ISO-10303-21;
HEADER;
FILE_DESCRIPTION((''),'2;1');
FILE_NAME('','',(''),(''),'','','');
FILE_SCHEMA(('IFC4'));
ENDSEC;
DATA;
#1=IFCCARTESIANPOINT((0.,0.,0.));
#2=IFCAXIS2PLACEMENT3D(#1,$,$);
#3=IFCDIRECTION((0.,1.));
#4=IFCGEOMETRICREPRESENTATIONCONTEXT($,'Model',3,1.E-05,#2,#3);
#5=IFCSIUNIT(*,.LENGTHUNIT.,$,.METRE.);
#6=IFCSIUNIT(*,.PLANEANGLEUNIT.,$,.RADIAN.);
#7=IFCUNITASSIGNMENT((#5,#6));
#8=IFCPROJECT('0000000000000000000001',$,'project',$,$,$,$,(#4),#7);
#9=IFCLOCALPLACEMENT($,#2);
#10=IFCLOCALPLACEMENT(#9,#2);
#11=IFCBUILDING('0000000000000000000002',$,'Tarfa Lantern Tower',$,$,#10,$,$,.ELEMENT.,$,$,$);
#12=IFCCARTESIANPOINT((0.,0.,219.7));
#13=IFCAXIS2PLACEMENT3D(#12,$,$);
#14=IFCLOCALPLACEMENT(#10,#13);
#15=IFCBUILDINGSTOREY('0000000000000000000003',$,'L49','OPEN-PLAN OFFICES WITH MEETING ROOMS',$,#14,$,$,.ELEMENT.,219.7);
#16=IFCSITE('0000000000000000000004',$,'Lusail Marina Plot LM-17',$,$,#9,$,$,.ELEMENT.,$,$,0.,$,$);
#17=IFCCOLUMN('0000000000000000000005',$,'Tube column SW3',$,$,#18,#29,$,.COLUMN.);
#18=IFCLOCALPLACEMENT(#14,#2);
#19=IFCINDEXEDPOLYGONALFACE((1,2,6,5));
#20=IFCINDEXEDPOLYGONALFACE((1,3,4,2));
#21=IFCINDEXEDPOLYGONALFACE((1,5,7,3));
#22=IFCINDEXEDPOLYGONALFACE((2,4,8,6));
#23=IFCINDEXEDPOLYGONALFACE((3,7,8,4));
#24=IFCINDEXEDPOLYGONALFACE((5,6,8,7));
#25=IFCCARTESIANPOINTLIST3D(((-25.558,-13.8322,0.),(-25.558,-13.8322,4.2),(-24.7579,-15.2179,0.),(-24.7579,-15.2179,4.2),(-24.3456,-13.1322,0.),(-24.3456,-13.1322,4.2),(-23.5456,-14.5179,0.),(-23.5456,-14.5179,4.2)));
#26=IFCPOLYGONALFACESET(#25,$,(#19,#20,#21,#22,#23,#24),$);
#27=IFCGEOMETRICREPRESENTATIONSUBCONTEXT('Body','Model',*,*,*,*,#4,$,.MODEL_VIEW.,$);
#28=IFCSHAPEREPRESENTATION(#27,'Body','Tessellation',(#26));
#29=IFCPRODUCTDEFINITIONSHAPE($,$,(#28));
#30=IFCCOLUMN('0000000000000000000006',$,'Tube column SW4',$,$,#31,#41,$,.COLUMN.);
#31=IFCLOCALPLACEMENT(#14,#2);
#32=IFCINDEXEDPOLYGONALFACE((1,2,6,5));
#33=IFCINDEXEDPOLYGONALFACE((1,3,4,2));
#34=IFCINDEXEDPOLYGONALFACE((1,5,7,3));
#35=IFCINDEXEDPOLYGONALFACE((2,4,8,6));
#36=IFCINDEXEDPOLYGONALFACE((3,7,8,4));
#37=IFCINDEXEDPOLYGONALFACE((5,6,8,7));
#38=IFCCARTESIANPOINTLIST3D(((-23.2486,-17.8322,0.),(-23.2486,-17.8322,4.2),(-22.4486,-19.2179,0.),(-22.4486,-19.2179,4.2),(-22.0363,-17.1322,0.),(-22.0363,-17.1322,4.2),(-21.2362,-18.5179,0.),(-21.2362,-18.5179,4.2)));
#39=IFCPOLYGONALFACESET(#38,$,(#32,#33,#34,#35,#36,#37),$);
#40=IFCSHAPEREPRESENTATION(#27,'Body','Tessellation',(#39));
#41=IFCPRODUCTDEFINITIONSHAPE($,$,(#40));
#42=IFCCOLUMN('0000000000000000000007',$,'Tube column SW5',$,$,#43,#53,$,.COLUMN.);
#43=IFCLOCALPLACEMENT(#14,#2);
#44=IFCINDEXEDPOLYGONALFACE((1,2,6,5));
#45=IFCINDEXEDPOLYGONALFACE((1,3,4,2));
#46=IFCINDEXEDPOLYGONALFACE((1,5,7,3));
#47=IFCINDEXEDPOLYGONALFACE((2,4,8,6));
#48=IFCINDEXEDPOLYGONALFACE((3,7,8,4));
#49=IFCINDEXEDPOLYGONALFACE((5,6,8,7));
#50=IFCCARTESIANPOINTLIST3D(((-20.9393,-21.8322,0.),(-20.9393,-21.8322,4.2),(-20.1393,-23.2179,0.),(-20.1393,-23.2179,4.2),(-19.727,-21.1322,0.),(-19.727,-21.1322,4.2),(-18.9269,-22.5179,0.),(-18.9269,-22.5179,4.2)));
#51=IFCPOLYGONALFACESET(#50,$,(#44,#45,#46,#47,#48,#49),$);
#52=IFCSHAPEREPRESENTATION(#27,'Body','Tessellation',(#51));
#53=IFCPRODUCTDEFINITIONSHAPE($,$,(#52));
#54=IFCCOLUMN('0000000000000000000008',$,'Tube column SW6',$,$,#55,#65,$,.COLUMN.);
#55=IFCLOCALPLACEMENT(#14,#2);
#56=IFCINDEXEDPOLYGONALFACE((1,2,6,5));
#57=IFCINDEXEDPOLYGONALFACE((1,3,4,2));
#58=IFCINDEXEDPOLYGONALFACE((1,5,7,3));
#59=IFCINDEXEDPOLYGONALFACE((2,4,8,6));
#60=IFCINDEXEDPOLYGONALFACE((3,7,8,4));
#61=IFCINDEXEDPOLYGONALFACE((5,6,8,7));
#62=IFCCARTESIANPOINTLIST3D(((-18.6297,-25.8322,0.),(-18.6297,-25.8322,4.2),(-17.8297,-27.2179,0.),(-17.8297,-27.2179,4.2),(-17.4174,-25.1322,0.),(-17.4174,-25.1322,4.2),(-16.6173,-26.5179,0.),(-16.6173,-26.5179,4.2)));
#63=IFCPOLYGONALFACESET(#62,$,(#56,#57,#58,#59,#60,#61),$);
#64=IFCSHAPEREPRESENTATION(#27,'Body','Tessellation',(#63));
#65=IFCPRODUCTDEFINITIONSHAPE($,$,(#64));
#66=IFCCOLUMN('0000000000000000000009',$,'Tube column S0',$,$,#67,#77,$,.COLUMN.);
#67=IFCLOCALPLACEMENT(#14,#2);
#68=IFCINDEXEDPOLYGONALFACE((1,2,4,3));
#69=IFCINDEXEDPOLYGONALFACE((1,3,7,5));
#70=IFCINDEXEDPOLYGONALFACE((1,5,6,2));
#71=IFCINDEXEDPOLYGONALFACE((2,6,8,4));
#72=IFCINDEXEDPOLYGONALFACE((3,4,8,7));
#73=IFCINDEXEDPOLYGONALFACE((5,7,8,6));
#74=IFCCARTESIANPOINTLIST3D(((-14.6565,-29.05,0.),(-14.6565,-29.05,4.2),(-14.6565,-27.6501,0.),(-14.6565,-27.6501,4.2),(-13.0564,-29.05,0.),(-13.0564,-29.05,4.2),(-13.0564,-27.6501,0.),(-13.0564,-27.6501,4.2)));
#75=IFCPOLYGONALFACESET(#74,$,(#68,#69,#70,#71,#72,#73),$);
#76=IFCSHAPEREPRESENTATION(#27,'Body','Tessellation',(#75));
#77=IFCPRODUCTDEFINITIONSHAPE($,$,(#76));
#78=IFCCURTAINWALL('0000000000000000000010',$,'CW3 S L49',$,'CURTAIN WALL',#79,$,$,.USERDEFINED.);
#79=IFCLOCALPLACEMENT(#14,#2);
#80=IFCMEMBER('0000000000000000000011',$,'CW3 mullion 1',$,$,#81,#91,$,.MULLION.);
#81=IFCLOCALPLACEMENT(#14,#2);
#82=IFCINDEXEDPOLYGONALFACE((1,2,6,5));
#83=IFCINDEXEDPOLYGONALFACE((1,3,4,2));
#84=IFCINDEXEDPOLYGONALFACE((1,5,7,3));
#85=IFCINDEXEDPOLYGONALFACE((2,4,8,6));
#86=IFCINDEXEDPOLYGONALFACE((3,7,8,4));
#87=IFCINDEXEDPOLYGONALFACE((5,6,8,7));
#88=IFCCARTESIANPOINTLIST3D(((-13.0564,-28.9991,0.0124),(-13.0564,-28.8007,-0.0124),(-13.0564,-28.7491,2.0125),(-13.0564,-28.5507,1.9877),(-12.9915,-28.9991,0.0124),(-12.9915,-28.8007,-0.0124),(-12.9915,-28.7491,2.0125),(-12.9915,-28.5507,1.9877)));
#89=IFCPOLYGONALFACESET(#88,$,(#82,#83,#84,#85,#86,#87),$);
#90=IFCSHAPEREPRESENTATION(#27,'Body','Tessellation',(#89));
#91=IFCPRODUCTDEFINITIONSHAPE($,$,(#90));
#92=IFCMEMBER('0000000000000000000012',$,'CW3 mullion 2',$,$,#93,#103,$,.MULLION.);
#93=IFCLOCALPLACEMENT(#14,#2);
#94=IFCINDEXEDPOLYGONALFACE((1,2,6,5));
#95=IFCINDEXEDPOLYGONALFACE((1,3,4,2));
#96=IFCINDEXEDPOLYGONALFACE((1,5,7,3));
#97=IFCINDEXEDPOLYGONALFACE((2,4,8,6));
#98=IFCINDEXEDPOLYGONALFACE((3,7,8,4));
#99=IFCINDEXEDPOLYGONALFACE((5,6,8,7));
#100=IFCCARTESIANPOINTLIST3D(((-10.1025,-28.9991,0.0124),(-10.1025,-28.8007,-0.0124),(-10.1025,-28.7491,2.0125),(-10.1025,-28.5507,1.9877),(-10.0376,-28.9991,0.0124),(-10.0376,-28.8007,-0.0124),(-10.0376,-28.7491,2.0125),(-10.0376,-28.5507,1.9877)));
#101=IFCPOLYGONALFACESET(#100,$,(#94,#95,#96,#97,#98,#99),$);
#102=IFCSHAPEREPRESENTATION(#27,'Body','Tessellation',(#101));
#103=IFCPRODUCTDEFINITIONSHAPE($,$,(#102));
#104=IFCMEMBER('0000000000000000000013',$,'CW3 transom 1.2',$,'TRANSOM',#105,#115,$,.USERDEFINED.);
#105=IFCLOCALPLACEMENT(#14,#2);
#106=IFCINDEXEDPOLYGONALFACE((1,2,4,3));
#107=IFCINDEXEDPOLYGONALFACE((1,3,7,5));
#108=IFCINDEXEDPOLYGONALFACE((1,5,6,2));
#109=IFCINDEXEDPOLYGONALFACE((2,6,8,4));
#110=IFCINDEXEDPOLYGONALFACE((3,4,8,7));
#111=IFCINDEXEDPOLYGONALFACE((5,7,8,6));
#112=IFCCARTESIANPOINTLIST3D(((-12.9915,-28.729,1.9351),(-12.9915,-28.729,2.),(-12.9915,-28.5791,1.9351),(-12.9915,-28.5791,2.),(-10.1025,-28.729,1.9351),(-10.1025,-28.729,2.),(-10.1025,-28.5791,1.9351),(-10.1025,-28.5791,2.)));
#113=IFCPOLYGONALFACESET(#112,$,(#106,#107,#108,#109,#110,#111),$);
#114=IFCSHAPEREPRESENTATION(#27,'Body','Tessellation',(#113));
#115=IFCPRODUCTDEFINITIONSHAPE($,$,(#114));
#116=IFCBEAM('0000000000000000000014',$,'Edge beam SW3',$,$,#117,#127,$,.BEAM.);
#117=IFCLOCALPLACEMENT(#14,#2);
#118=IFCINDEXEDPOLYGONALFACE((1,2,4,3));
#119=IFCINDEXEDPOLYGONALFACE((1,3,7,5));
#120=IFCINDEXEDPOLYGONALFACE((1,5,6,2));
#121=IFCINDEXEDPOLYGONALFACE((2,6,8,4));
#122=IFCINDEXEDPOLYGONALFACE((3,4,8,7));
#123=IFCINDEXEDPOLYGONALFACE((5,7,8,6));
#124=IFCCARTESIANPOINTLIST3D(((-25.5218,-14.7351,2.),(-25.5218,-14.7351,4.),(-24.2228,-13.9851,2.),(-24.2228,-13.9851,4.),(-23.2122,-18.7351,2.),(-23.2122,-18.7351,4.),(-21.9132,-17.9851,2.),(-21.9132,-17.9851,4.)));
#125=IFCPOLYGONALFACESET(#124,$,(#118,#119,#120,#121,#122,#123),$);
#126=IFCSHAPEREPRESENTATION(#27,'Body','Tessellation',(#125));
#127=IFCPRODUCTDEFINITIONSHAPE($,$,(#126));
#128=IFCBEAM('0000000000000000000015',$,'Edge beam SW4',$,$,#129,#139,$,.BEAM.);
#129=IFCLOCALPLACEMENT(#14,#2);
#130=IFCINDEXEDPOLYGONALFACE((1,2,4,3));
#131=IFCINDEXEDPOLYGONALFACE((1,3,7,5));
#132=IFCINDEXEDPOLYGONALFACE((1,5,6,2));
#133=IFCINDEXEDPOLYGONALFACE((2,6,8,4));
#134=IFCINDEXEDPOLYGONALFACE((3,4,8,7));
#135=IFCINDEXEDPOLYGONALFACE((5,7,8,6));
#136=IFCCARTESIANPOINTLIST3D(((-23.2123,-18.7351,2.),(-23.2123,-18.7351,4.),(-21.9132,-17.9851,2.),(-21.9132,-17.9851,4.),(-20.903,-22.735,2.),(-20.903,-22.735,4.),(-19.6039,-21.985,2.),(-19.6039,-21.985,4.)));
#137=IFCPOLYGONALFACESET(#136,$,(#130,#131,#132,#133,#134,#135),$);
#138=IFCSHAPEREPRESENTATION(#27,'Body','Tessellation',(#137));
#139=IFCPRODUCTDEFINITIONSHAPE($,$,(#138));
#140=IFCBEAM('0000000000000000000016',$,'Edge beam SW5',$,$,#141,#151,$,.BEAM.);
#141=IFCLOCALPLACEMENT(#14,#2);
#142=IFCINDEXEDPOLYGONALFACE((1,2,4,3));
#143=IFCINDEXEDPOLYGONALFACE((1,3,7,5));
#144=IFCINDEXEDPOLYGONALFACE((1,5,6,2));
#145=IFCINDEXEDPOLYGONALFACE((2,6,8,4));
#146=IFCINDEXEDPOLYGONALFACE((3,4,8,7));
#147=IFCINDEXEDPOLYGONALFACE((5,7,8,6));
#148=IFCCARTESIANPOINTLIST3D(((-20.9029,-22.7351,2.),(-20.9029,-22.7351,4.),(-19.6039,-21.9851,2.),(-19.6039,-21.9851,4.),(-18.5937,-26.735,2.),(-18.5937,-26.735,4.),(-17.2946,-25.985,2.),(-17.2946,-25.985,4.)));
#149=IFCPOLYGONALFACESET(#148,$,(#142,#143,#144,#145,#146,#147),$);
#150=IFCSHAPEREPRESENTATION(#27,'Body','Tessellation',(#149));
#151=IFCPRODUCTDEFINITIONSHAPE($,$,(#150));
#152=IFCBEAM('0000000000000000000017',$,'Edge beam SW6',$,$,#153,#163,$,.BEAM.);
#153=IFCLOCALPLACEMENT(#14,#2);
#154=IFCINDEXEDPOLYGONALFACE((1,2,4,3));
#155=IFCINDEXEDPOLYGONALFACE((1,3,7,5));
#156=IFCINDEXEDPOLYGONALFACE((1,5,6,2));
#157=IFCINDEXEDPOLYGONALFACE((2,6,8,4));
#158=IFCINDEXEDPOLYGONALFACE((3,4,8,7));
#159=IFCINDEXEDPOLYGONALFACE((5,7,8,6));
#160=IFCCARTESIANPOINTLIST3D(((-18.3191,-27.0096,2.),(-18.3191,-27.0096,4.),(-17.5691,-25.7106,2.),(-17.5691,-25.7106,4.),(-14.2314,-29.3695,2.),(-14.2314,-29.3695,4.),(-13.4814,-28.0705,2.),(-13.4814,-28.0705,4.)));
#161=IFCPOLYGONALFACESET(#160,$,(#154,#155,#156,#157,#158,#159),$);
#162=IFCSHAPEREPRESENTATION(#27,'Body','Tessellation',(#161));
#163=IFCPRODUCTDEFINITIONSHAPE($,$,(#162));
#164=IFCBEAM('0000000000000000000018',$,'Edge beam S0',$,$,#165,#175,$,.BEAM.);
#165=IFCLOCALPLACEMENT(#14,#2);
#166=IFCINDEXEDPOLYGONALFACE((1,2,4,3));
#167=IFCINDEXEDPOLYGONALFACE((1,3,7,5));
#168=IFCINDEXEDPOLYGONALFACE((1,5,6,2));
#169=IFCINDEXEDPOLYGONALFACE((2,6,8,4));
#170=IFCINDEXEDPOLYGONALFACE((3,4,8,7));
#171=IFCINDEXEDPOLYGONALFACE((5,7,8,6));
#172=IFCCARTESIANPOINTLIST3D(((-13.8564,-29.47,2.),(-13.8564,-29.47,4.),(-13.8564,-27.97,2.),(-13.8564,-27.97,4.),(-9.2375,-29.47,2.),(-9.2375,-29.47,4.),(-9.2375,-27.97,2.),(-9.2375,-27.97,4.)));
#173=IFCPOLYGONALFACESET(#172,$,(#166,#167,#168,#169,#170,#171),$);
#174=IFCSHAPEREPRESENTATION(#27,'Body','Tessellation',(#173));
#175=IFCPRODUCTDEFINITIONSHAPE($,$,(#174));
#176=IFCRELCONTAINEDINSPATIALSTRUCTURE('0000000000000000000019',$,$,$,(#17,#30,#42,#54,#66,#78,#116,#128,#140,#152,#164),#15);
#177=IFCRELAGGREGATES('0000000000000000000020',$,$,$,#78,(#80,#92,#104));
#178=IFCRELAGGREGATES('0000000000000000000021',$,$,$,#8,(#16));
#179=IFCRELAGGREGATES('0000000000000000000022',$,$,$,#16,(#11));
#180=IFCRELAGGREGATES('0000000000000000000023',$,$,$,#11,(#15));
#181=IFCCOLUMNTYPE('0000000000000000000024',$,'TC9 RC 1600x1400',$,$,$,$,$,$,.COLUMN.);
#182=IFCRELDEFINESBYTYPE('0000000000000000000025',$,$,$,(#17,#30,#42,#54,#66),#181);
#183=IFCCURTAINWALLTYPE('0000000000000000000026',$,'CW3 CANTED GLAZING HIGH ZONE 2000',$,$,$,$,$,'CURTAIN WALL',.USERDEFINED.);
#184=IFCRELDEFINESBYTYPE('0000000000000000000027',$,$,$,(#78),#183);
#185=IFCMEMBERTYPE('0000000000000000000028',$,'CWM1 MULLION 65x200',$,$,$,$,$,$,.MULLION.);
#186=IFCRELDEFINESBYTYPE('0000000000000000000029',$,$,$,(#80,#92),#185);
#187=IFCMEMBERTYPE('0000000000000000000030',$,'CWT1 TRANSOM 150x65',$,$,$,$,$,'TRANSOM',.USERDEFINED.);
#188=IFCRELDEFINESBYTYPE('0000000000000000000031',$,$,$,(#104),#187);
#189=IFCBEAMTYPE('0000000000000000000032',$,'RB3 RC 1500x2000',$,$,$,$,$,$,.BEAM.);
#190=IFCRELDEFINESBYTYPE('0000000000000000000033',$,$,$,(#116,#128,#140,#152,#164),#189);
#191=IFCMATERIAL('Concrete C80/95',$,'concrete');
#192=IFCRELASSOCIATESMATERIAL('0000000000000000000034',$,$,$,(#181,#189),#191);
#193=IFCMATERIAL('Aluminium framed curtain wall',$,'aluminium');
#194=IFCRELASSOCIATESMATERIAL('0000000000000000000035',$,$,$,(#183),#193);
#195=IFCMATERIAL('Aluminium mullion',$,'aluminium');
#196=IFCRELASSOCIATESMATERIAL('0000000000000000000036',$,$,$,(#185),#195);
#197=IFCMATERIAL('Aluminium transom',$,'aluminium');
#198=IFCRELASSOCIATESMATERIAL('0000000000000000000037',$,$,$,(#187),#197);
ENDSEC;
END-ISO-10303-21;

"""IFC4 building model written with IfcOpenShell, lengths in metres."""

from ifc_helpers import new_model, si_unit, direction, frame, origin, origin_2d, place, context, subcontext, project, spatial, rectangle, extrude, material, material_profile, profile_set, type_object, element, aggregate, save


model = new_model("IFC4")

# Units and contexts
model_context = context("Model", 3, precision=1e-05, world=origin(), true_north=direction((0.0, 1.0)))
body_context = subcontext(model_context, "Body", "Model", "MODEL_VIEW")
ifc_project = project(units=[si_unit("LENGTHUNIT", "METRE"), si_unit("PLANEANGLEUNIT", "RADIAN")], contexts=[model_context])

# Site, building, storey
site_placement = place(None, origin())
site = spatial("IfcSite", under=ifc_project, at=site_placement, Name="Lusail Marina Plot LM-17", CompositionType="ELEMENT", RefElevation=0.0)
building_placement = place(site_placement, origin())
building = spatial("IfcBuilding", under=site, at=building_placement, Name="Tarfa Lantern Tower", CompositionType="ELEMENT")
storey_placement = place(building_placement, frame((0.0, 0.0, 219.7)))
storey = spatial("IfcBuildingStorey", under=building, at=storey_placement, Name="L49", Description="OPEN-PLAN OFFICES WITH MEETING ROOMS", CompositionType="ELEMENT", Elevation=219.7)

# Columns
ifc_material_1 = material(Name="Concrete C80/95", Category="concrete")
ifc_material_profile_1 = material_profile(ifc_material_1, rectangle(XDim=1.6001, YDim=1.3999, at=origin_2d()), Name="RC 1600x1400")
ifc_profile_set_1 = profile_set([ifc_material_profile_1], Name="Concrete C80/95")
column_type = type_object("IfcColumnType", Name="TC9 RC 1600x1400", PredefinedType="COLUMN", material=ifc_profile_set_1)
for number, where, z_axis, x_axis, name in (
    (1, (-24.5518, -14.175, 0.0), (0.0, 0.0, 1.0), (0.5, -0.866025, 0.0), "Tube column SW3"),
    (2, (-22.2424, -18.175, 0.0), (0.0, 0.0, 1.0), (0.5, -0.866025, 0.0), "Tube column SW4"),
    (3, (-19.9331, -22.175, 0.0), (0.0, 0.0, 1.0), (0.5, -0.866025, 0.0), "Tube column SW5"),
    (4, (-17.6235, -26.175, 0.0), (0.0, 0.0, 1.0), (0.5, -0.866025, 0.0), "Tube column SW6"),
    (5, (-13.8564, -28.3501, 0.0), (0.0, 0.0, 1.0), (1.0, 0.0, 0.0), "Tube column S0"),
):
    element("IfcColumn", number, at=place(storey_placement, frame(where, z_axis=z_axis, x_axis=x_axis)), inside=storey, type_object=column_type, Name=name, PredefinedType="COLUMN", context=body_context, shape_type="SweptSolid", body=[
        extrude(rectangle(XDim=1.6001, YDim=1.3999, at=origin_2d()), origin(), (0.0, 0.0, 1.0), 4.2),
    ])

# Curtain wall, members
ifc_material_2 = material(Name="Aluminium framed curtain wall", Category="aluminium")
curtain_wall_type = type_object("IfcCurtainWallType", Name="CW3 CANTED GLAZING HIGH ZONE 2000", ElementType="CURTAIN WALL", PredefinedType="USERDEFINED", material=ifc_material_2)
curtain_wall_placement = place(storey_placement, origin())
curtain_wall = element("IfcCurtainWall", 6, at=curtain_wall_placement, inside=storey, type_object=curtain_wall_type, Name="CW3 S L49", ObjectType="CURTAIN WALL", PredefinedType="USERDEFINED")
ifc_material_3 = material(Name="Aluminium mullion", Category="aluminium")
ifc_material_profile_2 = material_profile(ifc_material_3, rectangle(XDim=0.0649, YDim=0.2, at=origin_2d()), Name="AL MULLION 65x200")
ifc_profile_set_2 = profile_set([ifc_material_profile_2], Name="Aluminium mullion")
member_type_1 = type_object("IfcMemberType", Name="CWM1 MULLION 65x200", PredefinedType="MULLION", material=ifc_profile_set_2)
member_1_placement = place(storey_placement, frame((-13.0239, -28.8999, 0.0), z_axis=(0.0, 0.124035, 0.992278), x_axis=(-1.0, 0.0, 0.0)))
member_1 = element("IfcMember", 7, at=member_1_placement, type_object=member_type_1, Name="CW3 mullion 1", PredefinedType="MULLION", context=body_context, shape_type="SweptSolid", body=[
    extrude(rectangle(XDim=0.0649, YDim=0.2, at=origin_2d()), origin(), (0.0, 0.0, 1.0), 2.0156),
])
member_2_placement = place(storey_placement, frame((-10.0701, -28.8999, 0.0), z_axis=(0.0, 0.124035, 0.992278), x_axis=(-1.0, 0.0, 0.0)))
member_2 = element("IfcMember", 8, at=member_2_placement, type_object=member_type_1, Name="CW3 mullion 2", PredefinedType="MULLION", context=body_context, shape_type="SweptSolid", body=[
    extrude(rectangle(XDim=0.0649, YDim=0.2, at=origin_2d()), origin(), (0.0, 0.0, 1.0), 2.0156),
])
ifc_material_4 = material(Name="Aluminium transom", Category="aluminium")
ifc_material_profile_3 = material_profile(ifc_material_4, rectangle(XDim=0.1499, YDim=0.0649, at=origin_2d()), Name="AL TRANSOM 150x65")
ifc_profile_set_3 = profile_set([ifc_material_profile_3], Name="Aluminium transom")
member_type_2 = type_object("IfcMemberType", Name="CWT1 TRANSOM 150x65", ElementType="TRANSOM", PredefinedType="USERDEFINED", material=ifc_profile_set_3)
member_3_placement = place(storey_placement, frame((-12.9915, -28.6541, 1.9675), z_axis=(1.0, 0.0, 0.0), x_axis=(0.0, 1.0, 0.0)))
member_3 = element("IfcMember", 9, at=member_3_placement, type_object=member_type_2, Name="CW3 transom 1.2", ObjectType="TRANSOM", PredefinedType="USERDEFINED", context=body_context, shape_type="SweptSolid", body=[
    extrude(rectangle(XDim=0.1499, YDim=0.0649, at=origin_2d()), origin(), (0.0, 0.0, 1.0), 2.8889),
])

# Beams
ifc_material_profile_4 = material_profile(ifc_material_1, rectangle(XDim=1.5, YDim=2.0, at=origin_2d()), Name="RC 1500x2000")
ifc_profile_set_4 = profile_set([ifc_material_profile_4], Name="Concrete C80/95")
beam_type_1 = type_object("IfcBeamType", Name="RB3 RC 1500x2000", PredefinedType="BEAM", material=ifc_profile_set_4)
beam_1_placement = place(storey_placement, frame((-24.8723, -14.3601, 3.0), z_axis=(0.500027, -0.86601, 0.0), x_axis=(0.86601, 0.500027, 0.0)))
element("IfcBeam", 10, at=beam_1_placement, inside=storey, type_object=beam_type_1, Name="Edge beam SW3", PredefinedType="BEAM", context=body_context, shape_type="SweptSolid", body=[
    extrude(rectangle(XDim=1.5, YDim=2.0, at=origin_2d()), origin(), (0.0, 0.0, 1.0), 4.6189),
])
for number, where, z_axis, x_axis, name in (
    (11, (-22.5627, -18.3601, 3.0), (0.499988, -0.866032, 0.0), (0.866032, 0.499988, 0.0), "Edge beam SW4"),
    (12, (-20.2534, -22.3601, 3.0), (0.499988, -0.866032, 0.0), (0.866032, 0.499988, 0.0), "Edge beam SW5"),
):
    element("IfcBeam", number, at=place(storey_placement, frame(where, z_axis=z_axis, x_axis=x_axis)), inside=storey, type_object=beam_type_1, Name=name, PredefinedType="BEAM", context=body_context, shape_type="SweptSolid", body=[
        extrude(rectangle(XDim=1.5, YDim=2.0, at=origin_2d()), origin(), (0.0, 0.0, 1.0), 4.6187),
    ])
beam_2_placement = place(storey_placement, frame((-17.9441, -26.3601, 3.0), z_axis=(0.866038, -0.499978, 0.0), x_axis=(0.499978, 0.866038, 0.0)))
element("IfcBeam", 13, at=beam_2_placement, inside=storey, type_object=beam_type_1, Name="Edge beam SW6", PredefinedType="BEAM", context=body_context, shape_type="SweptSolid", body=[
    extrude(rectangle(XDim=1.5, YDim=2.0, at=origin_2d()), origin(), (0.0, 0.0, 1.0), 4.72),
])
beam_3_placement = place(storey_placement, frame((-13.8564, -28.72, 3.0), z_axis=(1.0, 0.0, 0.0), x_axis=(0.0, 1.0, 0.0)))
element("IfcBeam", 14, at=beam_3_placement, inside=storey, type_object=beam_type_1, Name="Edge beam S0", PredefinedType="BEAM", context=body_context, shape_type="SweptSolid", body=[
    extrude(rectangle(XDim=1.5, YDim=2.0, at=origin_2d()), origin(), (0.0, 0.0, 1.0), 4.6189),
])

aggregate(curtain_wall, [member_1, member_2, member_3])

save(model, "model.ifc")
